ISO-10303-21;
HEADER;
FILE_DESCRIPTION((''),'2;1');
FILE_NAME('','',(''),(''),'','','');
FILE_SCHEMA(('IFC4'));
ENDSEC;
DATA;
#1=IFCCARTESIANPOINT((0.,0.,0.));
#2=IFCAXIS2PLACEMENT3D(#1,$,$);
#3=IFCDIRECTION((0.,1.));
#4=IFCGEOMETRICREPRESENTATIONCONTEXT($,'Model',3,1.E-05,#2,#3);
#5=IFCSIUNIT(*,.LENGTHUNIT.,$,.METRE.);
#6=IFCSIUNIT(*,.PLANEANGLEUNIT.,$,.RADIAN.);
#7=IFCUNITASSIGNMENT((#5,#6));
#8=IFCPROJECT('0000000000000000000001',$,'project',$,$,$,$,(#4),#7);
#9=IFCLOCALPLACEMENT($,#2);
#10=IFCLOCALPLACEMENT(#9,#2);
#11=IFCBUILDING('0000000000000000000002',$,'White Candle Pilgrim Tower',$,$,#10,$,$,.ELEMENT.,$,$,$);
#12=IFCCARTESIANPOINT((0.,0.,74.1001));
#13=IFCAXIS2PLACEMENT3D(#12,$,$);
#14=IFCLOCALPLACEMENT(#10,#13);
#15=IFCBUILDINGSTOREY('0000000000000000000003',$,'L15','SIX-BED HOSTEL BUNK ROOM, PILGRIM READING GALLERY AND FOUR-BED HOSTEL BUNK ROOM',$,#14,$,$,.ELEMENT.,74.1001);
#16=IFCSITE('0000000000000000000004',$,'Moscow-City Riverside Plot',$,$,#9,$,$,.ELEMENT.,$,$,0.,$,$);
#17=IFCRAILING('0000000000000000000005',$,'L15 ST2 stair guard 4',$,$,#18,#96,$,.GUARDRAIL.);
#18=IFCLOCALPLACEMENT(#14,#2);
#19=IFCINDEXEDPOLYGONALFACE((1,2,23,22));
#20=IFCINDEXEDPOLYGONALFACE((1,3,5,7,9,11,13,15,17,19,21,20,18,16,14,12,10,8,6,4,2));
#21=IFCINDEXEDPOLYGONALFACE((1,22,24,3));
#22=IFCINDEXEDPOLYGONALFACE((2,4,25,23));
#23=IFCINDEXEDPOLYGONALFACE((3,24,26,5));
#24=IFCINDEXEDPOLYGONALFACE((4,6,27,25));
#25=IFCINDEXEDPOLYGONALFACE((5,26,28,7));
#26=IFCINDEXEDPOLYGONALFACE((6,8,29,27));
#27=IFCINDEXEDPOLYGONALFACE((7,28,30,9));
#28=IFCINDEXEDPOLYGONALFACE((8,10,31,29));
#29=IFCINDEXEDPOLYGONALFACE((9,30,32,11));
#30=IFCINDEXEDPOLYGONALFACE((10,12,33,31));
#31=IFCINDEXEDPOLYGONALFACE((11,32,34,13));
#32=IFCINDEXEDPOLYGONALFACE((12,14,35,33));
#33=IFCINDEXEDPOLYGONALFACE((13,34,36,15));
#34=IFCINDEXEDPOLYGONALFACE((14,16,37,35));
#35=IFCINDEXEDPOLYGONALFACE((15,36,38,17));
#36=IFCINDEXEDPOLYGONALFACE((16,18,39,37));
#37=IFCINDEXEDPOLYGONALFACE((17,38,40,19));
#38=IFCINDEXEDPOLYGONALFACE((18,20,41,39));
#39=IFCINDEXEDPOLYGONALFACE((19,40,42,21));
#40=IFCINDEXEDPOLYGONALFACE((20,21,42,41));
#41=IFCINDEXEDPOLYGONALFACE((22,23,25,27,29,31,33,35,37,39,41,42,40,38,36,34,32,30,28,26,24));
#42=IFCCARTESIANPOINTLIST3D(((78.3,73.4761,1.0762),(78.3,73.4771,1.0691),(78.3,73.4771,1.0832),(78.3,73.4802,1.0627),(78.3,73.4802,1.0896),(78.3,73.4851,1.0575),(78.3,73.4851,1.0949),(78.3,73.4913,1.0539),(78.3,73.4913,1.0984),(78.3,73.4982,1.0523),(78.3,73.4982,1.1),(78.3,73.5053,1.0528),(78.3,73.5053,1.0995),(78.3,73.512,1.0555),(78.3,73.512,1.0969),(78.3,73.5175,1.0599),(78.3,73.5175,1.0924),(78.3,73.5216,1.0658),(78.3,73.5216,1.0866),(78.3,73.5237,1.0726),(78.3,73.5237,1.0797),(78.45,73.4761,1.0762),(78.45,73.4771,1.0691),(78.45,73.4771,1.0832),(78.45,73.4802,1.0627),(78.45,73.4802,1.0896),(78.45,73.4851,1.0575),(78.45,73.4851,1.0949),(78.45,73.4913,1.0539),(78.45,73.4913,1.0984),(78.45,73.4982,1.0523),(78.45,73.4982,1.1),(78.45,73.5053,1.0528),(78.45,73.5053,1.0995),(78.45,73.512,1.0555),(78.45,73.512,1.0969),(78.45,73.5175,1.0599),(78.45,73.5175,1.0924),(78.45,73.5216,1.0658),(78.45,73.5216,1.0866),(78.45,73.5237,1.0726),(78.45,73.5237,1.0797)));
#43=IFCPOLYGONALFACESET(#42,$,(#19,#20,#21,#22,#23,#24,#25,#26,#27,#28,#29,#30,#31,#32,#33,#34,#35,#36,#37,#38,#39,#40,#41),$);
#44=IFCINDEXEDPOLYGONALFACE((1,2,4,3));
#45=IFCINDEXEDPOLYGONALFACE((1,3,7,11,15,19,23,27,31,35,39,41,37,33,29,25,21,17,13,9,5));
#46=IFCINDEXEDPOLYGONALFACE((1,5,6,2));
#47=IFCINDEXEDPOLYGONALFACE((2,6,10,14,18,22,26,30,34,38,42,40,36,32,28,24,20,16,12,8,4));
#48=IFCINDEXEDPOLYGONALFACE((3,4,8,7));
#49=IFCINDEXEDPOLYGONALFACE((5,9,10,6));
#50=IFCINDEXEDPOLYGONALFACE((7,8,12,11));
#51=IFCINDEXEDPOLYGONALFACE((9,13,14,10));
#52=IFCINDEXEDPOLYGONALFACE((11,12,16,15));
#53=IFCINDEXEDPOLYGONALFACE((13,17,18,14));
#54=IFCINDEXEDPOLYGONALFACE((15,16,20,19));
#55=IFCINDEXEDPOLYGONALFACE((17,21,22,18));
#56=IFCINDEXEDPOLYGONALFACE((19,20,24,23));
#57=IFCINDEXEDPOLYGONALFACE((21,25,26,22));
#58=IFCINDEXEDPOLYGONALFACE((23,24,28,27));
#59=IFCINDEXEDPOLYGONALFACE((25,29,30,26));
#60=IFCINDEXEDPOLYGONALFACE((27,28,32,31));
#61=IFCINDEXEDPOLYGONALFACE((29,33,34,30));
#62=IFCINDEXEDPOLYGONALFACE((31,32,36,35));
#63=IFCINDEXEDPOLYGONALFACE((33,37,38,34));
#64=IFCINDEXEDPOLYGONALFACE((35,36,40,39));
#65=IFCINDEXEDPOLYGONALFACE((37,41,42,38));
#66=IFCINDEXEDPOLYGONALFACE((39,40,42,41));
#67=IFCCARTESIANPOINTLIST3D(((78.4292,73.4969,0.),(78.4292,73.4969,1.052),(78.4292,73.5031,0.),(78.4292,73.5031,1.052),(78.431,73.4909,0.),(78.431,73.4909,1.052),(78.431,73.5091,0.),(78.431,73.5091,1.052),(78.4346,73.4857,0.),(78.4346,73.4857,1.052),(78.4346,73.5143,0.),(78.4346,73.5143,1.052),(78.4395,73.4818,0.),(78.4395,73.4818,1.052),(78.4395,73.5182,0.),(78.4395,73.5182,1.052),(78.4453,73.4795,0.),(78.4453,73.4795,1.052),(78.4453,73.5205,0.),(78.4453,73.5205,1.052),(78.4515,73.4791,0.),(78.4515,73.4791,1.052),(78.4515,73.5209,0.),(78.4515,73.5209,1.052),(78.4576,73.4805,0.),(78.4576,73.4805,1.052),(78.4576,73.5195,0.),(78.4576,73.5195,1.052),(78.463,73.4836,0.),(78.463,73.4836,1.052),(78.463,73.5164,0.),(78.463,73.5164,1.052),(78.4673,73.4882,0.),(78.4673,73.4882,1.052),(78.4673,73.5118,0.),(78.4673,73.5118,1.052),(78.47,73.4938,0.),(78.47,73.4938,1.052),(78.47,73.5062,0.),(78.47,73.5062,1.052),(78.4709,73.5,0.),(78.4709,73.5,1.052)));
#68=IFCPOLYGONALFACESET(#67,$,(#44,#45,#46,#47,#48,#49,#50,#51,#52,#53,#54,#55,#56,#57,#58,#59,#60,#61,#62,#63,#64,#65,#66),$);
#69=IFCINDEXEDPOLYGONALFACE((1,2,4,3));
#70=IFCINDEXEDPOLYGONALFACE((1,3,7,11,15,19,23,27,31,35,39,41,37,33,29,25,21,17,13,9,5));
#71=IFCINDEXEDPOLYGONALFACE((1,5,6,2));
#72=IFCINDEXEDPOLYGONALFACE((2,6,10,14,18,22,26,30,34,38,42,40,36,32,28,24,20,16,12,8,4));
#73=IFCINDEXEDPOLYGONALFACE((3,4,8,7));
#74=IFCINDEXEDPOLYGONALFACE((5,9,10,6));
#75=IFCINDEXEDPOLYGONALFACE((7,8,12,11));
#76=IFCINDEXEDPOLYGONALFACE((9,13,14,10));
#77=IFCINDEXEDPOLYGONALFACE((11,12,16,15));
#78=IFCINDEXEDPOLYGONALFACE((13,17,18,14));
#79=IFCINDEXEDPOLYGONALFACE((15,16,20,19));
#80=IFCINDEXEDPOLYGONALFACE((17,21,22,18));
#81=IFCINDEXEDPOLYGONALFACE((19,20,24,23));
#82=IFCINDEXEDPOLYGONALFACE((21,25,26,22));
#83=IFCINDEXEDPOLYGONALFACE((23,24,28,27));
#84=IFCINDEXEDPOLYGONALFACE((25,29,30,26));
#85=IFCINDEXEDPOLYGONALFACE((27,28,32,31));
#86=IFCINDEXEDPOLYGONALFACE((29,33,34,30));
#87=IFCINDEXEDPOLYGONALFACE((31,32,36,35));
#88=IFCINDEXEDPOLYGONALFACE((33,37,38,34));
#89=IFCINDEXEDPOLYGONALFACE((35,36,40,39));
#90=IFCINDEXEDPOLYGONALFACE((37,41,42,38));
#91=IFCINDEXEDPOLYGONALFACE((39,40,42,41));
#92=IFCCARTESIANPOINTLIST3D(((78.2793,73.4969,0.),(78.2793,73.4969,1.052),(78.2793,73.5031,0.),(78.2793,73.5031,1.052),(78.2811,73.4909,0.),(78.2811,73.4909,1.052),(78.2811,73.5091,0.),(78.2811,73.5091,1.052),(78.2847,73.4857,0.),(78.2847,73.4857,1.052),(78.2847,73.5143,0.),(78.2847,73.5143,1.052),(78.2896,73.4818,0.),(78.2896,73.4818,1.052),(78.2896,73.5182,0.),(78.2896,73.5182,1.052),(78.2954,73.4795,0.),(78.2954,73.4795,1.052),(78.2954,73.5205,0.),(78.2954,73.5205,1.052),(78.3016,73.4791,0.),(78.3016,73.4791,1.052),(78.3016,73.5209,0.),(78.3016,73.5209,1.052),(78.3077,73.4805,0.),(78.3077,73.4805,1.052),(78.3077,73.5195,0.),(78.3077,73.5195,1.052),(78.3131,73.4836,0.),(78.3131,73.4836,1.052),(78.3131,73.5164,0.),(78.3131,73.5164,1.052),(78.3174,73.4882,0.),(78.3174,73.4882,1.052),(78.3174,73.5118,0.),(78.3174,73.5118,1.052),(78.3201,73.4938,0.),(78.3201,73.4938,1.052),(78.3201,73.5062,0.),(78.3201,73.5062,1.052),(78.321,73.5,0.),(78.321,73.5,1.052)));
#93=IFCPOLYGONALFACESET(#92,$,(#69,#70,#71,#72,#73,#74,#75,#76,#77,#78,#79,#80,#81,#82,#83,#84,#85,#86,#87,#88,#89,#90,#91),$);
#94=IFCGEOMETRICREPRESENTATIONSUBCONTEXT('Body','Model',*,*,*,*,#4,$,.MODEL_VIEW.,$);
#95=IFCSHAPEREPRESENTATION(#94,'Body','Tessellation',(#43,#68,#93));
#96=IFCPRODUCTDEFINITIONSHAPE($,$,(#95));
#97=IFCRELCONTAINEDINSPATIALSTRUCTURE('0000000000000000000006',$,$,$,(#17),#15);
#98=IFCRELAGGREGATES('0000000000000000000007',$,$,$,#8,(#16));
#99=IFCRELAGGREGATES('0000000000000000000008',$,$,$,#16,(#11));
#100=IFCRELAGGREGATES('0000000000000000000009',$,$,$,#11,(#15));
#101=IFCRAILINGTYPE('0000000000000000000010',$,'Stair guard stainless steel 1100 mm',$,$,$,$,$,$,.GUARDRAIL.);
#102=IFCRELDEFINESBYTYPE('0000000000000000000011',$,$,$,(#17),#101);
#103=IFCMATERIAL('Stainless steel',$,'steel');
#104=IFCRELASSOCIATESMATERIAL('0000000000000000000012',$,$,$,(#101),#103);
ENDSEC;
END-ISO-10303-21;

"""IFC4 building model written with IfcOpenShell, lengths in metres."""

from ifc_helpers import new_model, si_unit, direction, frame, origin, origin_2d, place, context, subcontext, project, spatial, circle, extrude, material, type_object, element, save


model = new_model("IFC4")

# Units and contexts
model_context = context("Model", 3, precision=1e-05, world=origin(), true_north=direction((0.0, 1.0)))
body_context = subcontext(model_context, "Body", "Model", "MODEL_VIEW")
ifc_project = project(units=[si_unit("LENGTHUNIT", "METRE"), si_unit("PLANEANGLEUNIT", "RADIAN")], contexts=[model_context])

# Site, building, storey
site_placement = place(None, origin())
site = spatial("IfcSite", under=ifc_project, at=site_placement, Name="Moscow-City Riverside Plot", CompositionType="ELEMENT", RefElevation=0.0)
building_placement = place(site_placement, origin())
building = spatial("IfcBuilding", under=site, at=building_placement, Name="White Candle Pilgrim Tower", CompositionType="ELEMENT")
storey_placement = place(building_placement, frame((0.0, 0.0, 74.1001)))
storey = spatial("IfcBuildingStorey", under=building, at=storey_placement, Name="L15", Description="SIX-BED HOSTEL BUNK ROOM, PILGRIM READING GALLERY AND FOUR-BED HOSTEL BUNK ROOM", CompositionType="ELEMENT", Elevation=74.1001)

# Railing
ifc_material_1 = material(Name="Stainless steel", Category="steel")
railing_type_1 = type_object("IfcRailingType", Name="Stair guard stainless steel 1100 mm", PredefinedType="GUARDRAIL", material=ifc_material_1)
railing_1_placement = place(storey_placement, frame((78.45, 73.5, 0.0)))
element("IfcRailing", 1, at=railing_1_placement, inside=storey, type_object=railing_type_1, Name="L15 ST2 stair guard 4", PredefinedType="GUARDRAIL", context=body_context, shape_type="SweptSolid", body=[
    extrude(circle(Radius=0.0239, at=origin_2d()), frame((0.0, 0.0, 1.0762), z_axis=(-1.0, 0.0, 0.0), x_axis=(0.0, -1.0, 0.0)), (0.0, 0.0, 1.0), 0.1499),
    extrude(circle(Radius=0.021, at=origin_2d()), origin(), (0.0, 0.0, 1.0), 1.052),
    extrude(circle(Radius=0.021, at=origin_2d()), frame((-0.1499, 0.0, 0.0)), (0.0, 0.0, 1.0), 1.052),
])

save(model, "model.ifc")
